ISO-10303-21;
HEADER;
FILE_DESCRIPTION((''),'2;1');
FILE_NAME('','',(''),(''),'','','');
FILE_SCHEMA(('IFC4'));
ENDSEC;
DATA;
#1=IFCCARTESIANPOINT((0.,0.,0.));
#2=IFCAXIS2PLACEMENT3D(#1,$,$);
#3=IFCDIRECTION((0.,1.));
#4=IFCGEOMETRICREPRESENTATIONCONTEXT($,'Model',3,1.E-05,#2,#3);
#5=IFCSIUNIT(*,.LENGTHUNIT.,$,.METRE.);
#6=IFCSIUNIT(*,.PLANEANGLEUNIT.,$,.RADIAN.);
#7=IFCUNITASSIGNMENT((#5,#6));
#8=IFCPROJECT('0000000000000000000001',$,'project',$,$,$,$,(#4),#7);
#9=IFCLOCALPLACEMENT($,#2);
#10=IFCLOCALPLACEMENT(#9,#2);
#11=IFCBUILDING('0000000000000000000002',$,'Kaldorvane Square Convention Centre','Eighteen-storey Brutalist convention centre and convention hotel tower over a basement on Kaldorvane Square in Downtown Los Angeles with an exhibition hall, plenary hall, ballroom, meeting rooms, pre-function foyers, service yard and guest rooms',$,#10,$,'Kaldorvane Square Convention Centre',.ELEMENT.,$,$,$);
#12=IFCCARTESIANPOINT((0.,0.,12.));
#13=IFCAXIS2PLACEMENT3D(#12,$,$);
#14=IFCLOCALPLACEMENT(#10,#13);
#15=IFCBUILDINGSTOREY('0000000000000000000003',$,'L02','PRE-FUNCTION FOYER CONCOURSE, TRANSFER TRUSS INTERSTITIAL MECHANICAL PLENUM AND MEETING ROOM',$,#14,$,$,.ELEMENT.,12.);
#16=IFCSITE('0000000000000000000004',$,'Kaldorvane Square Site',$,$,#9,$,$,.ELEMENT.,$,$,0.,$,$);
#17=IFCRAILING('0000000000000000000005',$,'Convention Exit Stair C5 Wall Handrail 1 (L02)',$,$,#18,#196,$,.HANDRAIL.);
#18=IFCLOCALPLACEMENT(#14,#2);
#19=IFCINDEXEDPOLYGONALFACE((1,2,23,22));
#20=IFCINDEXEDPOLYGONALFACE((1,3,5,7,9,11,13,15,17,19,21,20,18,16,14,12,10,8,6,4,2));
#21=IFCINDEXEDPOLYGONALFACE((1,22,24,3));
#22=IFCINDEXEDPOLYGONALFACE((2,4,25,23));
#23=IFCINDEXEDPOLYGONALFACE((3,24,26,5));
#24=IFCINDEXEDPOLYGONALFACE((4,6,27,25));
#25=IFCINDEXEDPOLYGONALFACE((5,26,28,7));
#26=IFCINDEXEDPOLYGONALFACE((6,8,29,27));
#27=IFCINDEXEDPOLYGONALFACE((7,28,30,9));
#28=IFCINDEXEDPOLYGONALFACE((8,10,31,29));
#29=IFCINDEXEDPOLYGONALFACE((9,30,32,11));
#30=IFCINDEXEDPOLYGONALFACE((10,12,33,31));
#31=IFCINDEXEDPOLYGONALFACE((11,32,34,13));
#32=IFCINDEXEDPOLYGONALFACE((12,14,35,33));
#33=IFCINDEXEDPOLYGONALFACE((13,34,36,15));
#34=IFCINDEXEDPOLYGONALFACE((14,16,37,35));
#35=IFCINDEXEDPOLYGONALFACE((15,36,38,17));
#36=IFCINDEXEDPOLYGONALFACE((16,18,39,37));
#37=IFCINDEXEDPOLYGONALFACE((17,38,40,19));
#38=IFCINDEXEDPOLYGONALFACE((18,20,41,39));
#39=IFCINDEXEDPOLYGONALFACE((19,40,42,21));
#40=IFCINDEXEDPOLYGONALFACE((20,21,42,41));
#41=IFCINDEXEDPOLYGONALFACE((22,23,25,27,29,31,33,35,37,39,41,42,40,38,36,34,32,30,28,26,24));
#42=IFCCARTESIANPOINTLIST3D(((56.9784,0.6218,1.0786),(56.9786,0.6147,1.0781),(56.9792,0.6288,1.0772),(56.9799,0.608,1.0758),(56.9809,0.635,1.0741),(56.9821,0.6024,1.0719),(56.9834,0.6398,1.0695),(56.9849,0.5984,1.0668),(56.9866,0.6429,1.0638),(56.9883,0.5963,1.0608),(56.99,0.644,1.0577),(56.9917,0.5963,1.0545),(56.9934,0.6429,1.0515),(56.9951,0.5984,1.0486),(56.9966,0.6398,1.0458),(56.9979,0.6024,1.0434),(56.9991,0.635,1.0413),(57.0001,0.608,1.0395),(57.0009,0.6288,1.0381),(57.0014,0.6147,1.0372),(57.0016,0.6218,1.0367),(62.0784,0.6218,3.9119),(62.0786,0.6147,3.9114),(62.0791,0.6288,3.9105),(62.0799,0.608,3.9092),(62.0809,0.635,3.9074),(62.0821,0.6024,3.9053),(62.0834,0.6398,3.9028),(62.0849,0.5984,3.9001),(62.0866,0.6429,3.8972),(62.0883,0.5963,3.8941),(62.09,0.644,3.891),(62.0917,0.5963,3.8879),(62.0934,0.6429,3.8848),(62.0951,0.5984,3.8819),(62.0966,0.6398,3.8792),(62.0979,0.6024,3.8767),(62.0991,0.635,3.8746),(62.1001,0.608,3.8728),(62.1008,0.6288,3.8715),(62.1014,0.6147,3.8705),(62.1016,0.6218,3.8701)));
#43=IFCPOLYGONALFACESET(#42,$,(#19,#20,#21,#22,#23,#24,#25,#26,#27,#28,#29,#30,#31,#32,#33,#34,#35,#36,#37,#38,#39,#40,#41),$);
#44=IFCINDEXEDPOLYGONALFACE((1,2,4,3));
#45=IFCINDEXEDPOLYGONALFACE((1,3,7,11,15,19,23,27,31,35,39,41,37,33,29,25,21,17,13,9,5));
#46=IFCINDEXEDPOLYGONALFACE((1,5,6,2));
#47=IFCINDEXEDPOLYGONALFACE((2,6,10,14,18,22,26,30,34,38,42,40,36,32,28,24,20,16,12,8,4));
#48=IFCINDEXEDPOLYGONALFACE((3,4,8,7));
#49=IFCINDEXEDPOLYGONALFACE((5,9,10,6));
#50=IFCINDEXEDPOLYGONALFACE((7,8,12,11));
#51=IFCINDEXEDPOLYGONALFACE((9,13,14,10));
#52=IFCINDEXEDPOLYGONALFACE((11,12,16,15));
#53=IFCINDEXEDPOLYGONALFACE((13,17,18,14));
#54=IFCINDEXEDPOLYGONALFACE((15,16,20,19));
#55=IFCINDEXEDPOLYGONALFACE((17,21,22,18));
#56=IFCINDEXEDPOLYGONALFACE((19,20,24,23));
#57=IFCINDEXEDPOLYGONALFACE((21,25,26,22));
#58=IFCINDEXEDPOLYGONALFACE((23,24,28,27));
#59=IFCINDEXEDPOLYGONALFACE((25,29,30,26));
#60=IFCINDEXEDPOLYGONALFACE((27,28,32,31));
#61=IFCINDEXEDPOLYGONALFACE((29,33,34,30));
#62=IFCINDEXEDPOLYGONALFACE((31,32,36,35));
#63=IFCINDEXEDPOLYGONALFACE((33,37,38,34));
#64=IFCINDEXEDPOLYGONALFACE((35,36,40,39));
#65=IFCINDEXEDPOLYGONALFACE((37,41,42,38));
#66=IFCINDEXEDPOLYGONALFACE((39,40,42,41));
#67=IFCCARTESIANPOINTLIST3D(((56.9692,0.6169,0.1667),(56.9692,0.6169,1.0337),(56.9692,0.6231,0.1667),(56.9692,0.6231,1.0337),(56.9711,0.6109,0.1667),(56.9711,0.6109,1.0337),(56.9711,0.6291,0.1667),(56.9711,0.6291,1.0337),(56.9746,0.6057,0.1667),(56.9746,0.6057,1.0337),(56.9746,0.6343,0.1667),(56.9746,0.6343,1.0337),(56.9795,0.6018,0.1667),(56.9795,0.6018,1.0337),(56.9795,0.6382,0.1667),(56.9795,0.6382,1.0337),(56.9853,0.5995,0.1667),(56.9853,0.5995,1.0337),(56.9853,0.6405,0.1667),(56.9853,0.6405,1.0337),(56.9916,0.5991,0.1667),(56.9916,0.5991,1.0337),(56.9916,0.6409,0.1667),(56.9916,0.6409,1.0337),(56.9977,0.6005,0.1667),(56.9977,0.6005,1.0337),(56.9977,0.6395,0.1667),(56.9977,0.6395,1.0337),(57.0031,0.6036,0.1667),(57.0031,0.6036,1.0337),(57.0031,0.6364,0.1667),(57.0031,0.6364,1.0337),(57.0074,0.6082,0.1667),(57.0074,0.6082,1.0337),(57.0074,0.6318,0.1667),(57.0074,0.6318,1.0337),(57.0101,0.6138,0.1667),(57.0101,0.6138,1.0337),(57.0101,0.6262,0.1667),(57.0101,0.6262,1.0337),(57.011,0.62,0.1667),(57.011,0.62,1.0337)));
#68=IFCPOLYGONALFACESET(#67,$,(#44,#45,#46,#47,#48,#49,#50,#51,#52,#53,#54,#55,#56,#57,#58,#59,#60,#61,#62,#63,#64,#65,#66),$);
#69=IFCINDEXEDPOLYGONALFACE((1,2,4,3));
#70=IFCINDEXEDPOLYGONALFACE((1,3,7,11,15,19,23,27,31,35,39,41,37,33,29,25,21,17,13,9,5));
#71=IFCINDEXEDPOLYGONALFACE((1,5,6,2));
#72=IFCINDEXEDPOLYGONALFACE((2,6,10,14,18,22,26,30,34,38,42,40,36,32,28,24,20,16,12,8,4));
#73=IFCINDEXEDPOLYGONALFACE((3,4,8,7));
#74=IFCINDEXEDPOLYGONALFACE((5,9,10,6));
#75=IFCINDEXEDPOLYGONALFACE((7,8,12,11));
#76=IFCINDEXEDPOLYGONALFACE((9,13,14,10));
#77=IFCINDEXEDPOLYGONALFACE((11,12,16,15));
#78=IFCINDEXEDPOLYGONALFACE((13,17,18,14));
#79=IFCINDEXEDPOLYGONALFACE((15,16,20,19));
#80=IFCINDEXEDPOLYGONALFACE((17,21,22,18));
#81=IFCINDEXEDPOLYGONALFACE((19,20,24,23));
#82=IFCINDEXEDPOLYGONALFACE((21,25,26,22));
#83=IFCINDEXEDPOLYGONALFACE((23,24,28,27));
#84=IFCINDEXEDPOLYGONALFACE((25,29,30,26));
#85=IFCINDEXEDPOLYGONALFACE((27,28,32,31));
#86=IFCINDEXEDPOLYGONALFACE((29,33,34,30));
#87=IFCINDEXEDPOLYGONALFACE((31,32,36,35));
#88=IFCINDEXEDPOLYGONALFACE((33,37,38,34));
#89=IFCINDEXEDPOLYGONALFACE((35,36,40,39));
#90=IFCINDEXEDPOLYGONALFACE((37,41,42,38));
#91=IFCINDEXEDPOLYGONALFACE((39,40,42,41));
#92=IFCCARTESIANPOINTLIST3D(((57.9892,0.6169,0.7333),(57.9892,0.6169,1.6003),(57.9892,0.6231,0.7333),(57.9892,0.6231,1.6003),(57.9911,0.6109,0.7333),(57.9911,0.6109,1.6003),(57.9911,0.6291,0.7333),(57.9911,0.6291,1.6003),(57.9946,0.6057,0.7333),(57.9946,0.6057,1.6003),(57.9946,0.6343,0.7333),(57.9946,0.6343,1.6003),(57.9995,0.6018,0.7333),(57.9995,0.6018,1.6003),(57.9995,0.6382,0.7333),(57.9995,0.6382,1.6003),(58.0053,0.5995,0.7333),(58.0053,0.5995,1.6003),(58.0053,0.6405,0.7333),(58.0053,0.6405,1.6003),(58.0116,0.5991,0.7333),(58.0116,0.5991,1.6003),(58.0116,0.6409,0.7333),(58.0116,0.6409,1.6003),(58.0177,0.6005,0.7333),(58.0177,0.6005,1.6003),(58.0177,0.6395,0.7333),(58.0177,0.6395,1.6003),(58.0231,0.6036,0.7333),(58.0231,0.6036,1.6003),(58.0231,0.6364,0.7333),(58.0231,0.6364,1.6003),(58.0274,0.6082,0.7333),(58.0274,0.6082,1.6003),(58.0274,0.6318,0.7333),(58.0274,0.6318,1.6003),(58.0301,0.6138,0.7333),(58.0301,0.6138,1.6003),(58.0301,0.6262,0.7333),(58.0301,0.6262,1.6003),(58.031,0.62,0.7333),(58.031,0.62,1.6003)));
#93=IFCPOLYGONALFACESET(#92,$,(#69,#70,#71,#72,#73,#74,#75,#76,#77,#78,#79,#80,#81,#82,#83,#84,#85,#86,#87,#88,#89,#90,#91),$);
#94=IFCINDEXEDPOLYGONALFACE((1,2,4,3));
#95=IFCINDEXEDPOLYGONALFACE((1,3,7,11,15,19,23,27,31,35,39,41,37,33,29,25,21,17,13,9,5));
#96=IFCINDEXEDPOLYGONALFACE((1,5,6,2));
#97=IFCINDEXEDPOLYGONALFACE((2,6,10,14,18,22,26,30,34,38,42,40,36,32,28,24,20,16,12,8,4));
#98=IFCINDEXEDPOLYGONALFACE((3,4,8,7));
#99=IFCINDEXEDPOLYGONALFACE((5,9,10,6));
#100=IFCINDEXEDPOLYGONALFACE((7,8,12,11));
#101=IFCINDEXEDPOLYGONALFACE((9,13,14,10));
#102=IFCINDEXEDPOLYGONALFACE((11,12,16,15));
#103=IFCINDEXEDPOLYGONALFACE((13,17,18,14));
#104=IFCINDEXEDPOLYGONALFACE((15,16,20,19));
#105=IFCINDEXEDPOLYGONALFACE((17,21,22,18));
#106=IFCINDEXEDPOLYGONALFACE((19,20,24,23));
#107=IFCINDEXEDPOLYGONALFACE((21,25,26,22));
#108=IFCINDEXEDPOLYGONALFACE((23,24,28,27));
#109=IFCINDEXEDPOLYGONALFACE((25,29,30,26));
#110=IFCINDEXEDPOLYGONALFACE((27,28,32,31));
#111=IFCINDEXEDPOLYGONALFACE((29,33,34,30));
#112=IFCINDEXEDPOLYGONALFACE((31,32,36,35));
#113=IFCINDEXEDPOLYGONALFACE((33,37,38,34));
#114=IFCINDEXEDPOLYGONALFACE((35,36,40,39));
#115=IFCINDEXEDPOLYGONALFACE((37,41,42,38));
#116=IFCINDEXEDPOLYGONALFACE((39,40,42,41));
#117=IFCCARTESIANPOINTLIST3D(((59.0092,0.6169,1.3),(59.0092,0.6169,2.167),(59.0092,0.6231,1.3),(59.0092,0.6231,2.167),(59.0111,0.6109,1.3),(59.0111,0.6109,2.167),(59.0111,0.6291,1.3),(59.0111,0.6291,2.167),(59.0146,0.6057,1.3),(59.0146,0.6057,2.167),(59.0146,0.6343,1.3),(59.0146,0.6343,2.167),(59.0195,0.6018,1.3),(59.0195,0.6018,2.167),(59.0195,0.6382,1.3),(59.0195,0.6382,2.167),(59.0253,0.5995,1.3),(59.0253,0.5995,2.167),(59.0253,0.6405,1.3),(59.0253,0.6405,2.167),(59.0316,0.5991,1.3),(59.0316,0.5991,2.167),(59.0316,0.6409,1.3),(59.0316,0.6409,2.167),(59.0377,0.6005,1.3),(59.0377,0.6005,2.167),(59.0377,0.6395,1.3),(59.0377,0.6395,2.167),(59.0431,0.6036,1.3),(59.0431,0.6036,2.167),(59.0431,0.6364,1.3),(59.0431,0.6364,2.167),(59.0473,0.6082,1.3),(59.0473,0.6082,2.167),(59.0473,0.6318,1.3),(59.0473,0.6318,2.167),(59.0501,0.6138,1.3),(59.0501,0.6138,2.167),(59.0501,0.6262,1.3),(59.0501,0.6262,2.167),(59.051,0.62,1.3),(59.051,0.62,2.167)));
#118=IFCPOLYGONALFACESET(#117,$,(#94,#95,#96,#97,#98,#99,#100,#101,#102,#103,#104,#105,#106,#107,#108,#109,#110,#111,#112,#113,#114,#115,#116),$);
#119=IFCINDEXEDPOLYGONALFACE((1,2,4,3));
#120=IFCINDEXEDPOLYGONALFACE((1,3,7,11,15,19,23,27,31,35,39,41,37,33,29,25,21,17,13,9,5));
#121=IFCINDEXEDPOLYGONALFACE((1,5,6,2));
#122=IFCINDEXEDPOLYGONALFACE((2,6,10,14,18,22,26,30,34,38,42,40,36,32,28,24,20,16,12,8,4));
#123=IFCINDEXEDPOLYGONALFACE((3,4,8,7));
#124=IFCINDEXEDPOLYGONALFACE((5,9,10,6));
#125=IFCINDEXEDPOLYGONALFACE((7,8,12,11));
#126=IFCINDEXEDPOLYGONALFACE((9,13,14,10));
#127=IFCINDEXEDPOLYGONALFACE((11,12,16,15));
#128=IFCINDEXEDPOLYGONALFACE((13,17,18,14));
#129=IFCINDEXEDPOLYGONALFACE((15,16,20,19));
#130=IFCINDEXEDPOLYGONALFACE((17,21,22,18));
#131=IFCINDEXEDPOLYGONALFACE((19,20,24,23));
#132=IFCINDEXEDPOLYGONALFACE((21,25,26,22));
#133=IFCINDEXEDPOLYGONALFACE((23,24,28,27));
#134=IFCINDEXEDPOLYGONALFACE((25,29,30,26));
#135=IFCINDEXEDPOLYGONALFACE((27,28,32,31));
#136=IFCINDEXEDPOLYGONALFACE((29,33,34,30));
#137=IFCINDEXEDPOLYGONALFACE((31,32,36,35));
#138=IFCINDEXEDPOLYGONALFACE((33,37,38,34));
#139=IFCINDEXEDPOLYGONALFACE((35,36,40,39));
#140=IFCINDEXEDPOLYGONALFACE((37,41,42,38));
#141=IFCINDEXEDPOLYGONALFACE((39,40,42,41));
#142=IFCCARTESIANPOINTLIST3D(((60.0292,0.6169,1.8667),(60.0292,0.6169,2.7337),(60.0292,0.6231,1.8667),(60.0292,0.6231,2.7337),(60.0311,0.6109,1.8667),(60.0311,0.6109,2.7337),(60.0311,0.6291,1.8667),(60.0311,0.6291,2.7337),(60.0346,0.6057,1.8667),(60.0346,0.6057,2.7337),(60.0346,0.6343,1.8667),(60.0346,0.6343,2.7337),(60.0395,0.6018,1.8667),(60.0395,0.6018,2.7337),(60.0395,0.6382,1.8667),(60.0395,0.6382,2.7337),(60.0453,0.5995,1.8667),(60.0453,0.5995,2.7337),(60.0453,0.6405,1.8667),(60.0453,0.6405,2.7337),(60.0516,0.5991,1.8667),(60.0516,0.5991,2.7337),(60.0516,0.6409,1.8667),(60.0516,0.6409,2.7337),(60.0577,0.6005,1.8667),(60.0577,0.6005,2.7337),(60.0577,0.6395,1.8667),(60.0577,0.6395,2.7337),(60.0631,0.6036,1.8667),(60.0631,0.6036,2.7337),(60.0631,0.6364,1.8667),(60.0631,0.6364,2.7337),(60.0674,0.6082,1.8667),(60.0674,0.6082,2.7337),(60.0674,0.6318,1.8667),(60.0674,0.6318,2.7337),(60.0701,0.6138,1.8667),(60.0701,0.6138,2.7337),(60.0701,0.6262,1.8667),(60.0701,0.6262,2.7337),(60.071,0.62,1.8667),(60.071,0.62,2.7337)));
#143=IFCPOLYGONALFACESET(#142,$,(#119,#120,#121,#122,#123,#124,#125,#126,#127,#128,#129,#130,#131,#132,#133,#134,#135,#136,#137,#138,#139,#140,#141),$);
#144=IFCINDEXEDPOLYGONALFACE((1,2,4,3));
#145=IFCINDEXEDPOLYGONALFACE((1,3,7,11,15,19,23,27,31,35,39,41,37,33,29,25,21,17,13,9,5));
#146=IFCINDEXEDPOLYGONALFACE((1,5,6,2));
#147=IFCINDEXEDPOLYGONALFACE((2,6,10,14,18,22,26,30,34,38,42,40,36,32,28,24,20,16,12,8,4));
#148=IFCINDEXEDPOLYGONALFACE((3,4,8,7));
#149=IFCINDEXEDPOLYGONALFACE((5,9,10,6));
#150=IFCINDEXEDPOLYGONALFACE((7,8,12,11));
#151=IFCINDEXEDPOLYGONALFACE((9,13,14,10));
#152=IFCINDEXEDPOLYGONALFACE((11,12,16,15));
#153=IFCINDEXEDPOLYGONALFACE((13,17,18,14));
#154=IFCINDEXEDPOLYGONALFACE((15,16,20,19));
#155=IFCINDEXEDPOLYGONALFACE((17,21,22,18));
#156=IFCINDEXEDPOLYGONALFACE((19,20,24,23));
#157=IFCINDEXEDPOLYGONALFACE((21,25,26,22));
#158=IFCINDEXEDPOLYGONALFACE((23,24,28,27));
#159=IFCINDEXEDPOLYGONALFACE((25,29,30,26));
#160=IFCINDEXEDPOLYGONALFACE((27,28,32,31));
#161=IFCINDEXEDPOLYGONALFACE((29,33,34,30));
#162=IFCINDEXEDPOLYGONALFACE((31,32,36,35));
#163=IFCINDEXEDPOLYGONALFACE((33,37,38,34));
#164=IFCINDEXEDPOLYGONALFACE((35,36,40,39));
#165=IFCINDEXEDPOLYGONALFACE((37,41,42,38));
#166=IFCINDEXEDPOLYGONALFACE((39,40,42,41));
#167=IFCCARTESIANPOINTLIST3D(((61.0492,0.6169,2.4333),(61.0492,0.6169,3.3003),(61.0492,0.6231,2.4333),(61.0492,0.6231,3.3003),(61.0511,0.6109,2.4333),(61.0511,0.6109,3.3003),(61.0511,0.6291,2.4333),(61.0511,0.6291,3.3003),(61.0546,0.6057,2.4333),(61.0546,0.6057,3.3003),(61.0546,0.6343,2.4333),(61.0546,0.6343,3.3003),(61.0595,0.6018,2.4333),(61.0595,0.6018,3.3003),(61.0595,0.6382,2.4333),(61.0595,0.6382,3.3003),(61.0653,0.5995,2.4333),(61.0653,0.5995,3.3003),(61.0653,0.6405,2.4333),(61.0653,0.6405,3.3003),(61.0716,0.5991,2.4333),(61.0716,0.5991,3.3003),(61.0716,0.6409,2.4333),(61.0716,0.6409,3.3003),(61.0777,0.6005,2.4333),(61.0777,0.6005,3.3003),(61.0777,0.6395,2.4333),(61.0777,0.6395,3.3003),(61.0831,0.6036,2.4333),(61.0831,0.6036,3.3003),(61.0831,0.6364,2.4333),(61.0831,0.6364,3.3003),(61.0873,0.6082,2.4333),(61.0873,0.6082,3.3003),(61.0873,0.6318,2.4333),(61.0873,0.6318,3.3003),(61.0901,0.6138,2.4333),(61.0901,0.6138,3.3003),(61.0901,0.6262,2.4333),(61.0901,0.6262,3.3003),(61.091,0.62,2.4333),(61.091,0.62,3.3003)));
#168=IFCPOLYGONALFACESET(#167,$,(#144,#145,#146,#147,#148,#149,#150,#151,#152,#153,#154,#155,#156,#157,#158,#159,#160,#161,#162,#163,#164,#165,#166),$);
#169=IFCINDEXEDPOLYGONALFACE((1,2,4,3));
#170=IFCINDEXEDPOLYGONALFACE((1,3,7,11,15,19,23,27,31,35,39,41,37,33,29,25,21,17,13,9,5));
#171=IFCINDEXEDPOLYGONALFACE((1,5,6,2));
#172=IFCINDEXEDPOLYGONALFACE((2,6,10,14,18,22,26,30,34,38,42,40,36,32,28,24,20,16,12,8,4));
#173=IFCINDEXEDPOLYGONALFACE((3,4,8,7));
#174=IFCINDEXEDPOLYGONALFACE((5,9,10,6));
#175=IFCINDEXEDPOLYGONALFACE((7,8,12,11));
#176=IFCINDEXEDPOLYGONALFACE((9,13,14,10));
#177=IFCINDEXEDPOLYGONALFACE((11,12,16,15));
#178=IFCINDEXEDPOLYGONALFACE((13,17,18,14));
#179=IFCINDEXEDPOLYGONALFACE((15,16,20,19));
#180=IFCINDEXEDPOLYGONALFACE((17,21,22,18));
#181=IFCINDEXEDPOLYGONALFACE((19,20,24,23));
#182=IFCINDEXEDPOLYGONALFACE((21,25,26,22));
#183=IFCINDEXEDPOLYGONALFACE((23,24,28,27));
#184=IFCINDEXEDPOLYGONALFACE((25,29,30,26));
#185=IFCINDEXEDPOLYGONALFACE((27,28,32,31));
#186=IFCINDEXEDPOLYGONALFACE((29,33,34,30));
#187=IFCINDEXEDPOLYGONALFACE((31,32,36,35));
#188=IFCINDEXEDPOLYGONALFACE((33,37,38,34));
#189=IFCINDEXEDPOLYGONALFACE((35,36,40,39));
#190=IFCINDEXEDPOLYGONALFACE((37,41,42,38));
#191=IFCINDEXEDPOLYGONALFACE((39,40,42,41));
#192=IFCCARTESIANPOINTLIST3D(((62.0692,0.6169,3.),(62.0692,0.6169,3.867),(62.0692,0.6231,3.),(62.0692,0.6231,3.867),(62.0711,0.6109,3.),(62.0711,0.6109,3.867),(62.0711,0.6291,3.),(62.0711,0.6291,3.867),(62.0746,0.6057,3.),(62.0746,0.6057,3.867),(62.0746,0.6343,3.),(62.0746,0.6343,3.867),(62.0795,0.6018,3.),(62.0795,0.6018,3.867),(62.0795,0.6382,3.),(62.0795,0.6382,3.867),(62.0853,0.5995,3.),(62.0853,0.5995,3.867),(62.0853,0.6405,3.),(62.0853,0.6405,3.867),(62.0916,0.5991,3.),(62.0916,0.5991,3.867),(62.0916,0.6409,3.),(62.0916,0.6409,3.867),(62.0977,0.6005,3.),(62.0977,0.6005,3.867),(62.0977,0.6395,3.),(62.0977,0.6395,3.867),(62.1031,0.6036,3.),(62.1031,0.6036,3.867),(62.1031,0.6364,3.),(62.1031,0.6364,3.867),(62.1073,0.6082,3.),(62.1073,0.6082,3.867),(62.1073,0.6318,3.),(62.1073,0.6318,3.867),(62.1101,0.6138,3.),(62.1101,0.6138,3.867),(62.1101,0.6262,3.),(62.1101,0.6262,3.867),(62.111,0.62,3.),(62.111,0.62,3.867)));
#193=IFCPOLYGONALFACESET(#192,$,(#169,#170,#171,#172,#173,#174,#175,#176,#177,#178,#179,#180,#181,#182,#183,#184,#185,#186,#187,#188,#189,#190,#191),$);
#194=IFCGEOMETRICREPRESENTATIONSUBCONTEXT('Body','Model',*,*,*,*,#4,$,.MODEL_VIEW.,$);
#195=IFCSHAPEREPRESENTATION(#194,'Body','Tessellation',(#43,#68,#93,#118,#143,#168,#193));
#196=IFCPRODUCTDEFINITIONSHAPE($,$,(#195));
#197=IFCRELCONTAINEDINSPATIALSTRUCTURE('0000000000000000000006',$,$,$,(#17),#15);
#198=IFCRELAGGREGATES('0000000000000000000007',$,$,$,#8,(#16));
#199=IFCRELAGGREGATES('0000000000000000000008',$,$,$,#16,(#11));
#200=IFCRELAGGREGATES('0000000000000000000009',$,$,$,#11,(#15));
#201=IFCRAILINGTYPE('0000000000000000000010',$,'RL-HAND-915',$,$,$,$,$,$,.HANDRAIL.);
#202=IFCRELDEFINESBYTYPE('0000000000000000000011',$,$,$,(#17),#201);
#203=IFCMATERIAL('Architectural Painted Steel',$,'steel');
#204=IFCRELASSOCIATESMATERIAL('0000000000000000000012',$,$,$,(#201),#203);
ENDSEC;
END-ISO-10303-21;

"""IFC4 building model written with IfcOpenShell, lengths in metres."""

from ifc_helpers import new_model, si_unit, direction, frame, origin, origin_2d, place, context, subcontext, project, spatial, circle, extrude, material, type_object, element, save


model = new_model("IFC4")

# Units and contexts
model_context = context("Model", 3, precision=1e-05, world=origin(), true_north=direction((0.0, 1.0)))
body_context = subcontext(model_context, "Body", "Model", "MODEL_VIEW")
ifc_project = project(units=[si_unit("LENGTHUNIT", "METRE"), si_unit("PLANEANGLEUNIT", "RADIAN")], contexts=[model_context])

# Site, building, storey
site_placement = place(None, origin())
site = spatial("IfcSite", under=ifc_project, at=site_placement, Name="Kaldorvane Square Site", CompositionType="ELEMENT", RefElevation=0.0)
building_placement = place(site_placement, origin())
building = spatial("IfcBuilding", under=site, at=building_placement, Name="Kaldorvane Square Convention Centre", Description="Eighteen-storey Brutalist convention centre and convention hotel tower over a basement on Kaldorvane Square in Downtown Los Angeles with an exhibition hall, plenary hall, ballroom, meeting rooms, pre-function foyers, service yard and guest rooms", LongName="Kaldorvane Square Convention Centre", CompositionType="ELEMENT")
storey_placement = place(building_placement, frame((0.0, 0.0, 12.0)))
storey = spatial("IfcBuildingStorey", under=building, at=storey_placement, Name="L02", Description="PRE-FUNCTION FOYER CONCOURSE, TRANSFER TRUSS INTERSTITIAL MECHANICAL PLENUM AND MEETING ROOM", CompositionType="ELEMENT", Elevation=12.0)

# Railing
ifc_material_1 = material(Name="Architectural Painted Steel", Category="steel")
railing_type_1 = type_object("IfcRailingType", Name="RL-HAND-915", PredefinedType="HANDRAIL", material=ifc_material_1)
railing_1_placement = place(storey_placement, frame((56.99, 0.62, 0.1667)))
element("IfcRailing", 1, at=railing_1_placement, inside=storey, type_object=railing_type_1, Name="Convention Exit Stair C5 Wall Handrail 1 (L02)", PredefinedType="HANDRAIL", context=body_context, shape_type="SweptSolid", body=[
    extrude(circle(Radius=0.024, at=origin_2d()), frame((0.0, 0.0, 0.891), z_axis=(0.874157, 0.0, 0.485643), x_axis=(0.0, 1.0, 0.0)), (0.0, 0.0, 1.0), 5.8342),
    extrude(circle(Radius=0.021, at=origin_2d()), origin(), (0.0, 0.0, 1.0), 0.867),
    extrude(circle(Radius=0.021, at=origin_2d()), frame((1.02, 0.0, 0.5667)), (0.0, 0.0, 1.0), 0.867),
    extrude(circle(Radius=0.021, at=origin_2d()), frame((2.04, 0.0, 1.1333)), (0.0, 0.0, 1.0), 0.867),
    extrude(circle(Radius=0.021, at=origin_2d()), frame((3.06, 0.0, 1.7)), (0.0, 0.0, 1.0), 0.867),
    extrude(circle(Radius=0.021, at=origin_2d()), frame((4.08, 0.0, 2.2667)), (0.0, 0.0, 1.0), 0.867),
    extrude(circle(Radius=0.021, at=origin_2d()), frame((5.1, 0.0, 2.8333)), (0.0, 0.0, 1.0), 0.867),
])

save(model, "model.ifc")
